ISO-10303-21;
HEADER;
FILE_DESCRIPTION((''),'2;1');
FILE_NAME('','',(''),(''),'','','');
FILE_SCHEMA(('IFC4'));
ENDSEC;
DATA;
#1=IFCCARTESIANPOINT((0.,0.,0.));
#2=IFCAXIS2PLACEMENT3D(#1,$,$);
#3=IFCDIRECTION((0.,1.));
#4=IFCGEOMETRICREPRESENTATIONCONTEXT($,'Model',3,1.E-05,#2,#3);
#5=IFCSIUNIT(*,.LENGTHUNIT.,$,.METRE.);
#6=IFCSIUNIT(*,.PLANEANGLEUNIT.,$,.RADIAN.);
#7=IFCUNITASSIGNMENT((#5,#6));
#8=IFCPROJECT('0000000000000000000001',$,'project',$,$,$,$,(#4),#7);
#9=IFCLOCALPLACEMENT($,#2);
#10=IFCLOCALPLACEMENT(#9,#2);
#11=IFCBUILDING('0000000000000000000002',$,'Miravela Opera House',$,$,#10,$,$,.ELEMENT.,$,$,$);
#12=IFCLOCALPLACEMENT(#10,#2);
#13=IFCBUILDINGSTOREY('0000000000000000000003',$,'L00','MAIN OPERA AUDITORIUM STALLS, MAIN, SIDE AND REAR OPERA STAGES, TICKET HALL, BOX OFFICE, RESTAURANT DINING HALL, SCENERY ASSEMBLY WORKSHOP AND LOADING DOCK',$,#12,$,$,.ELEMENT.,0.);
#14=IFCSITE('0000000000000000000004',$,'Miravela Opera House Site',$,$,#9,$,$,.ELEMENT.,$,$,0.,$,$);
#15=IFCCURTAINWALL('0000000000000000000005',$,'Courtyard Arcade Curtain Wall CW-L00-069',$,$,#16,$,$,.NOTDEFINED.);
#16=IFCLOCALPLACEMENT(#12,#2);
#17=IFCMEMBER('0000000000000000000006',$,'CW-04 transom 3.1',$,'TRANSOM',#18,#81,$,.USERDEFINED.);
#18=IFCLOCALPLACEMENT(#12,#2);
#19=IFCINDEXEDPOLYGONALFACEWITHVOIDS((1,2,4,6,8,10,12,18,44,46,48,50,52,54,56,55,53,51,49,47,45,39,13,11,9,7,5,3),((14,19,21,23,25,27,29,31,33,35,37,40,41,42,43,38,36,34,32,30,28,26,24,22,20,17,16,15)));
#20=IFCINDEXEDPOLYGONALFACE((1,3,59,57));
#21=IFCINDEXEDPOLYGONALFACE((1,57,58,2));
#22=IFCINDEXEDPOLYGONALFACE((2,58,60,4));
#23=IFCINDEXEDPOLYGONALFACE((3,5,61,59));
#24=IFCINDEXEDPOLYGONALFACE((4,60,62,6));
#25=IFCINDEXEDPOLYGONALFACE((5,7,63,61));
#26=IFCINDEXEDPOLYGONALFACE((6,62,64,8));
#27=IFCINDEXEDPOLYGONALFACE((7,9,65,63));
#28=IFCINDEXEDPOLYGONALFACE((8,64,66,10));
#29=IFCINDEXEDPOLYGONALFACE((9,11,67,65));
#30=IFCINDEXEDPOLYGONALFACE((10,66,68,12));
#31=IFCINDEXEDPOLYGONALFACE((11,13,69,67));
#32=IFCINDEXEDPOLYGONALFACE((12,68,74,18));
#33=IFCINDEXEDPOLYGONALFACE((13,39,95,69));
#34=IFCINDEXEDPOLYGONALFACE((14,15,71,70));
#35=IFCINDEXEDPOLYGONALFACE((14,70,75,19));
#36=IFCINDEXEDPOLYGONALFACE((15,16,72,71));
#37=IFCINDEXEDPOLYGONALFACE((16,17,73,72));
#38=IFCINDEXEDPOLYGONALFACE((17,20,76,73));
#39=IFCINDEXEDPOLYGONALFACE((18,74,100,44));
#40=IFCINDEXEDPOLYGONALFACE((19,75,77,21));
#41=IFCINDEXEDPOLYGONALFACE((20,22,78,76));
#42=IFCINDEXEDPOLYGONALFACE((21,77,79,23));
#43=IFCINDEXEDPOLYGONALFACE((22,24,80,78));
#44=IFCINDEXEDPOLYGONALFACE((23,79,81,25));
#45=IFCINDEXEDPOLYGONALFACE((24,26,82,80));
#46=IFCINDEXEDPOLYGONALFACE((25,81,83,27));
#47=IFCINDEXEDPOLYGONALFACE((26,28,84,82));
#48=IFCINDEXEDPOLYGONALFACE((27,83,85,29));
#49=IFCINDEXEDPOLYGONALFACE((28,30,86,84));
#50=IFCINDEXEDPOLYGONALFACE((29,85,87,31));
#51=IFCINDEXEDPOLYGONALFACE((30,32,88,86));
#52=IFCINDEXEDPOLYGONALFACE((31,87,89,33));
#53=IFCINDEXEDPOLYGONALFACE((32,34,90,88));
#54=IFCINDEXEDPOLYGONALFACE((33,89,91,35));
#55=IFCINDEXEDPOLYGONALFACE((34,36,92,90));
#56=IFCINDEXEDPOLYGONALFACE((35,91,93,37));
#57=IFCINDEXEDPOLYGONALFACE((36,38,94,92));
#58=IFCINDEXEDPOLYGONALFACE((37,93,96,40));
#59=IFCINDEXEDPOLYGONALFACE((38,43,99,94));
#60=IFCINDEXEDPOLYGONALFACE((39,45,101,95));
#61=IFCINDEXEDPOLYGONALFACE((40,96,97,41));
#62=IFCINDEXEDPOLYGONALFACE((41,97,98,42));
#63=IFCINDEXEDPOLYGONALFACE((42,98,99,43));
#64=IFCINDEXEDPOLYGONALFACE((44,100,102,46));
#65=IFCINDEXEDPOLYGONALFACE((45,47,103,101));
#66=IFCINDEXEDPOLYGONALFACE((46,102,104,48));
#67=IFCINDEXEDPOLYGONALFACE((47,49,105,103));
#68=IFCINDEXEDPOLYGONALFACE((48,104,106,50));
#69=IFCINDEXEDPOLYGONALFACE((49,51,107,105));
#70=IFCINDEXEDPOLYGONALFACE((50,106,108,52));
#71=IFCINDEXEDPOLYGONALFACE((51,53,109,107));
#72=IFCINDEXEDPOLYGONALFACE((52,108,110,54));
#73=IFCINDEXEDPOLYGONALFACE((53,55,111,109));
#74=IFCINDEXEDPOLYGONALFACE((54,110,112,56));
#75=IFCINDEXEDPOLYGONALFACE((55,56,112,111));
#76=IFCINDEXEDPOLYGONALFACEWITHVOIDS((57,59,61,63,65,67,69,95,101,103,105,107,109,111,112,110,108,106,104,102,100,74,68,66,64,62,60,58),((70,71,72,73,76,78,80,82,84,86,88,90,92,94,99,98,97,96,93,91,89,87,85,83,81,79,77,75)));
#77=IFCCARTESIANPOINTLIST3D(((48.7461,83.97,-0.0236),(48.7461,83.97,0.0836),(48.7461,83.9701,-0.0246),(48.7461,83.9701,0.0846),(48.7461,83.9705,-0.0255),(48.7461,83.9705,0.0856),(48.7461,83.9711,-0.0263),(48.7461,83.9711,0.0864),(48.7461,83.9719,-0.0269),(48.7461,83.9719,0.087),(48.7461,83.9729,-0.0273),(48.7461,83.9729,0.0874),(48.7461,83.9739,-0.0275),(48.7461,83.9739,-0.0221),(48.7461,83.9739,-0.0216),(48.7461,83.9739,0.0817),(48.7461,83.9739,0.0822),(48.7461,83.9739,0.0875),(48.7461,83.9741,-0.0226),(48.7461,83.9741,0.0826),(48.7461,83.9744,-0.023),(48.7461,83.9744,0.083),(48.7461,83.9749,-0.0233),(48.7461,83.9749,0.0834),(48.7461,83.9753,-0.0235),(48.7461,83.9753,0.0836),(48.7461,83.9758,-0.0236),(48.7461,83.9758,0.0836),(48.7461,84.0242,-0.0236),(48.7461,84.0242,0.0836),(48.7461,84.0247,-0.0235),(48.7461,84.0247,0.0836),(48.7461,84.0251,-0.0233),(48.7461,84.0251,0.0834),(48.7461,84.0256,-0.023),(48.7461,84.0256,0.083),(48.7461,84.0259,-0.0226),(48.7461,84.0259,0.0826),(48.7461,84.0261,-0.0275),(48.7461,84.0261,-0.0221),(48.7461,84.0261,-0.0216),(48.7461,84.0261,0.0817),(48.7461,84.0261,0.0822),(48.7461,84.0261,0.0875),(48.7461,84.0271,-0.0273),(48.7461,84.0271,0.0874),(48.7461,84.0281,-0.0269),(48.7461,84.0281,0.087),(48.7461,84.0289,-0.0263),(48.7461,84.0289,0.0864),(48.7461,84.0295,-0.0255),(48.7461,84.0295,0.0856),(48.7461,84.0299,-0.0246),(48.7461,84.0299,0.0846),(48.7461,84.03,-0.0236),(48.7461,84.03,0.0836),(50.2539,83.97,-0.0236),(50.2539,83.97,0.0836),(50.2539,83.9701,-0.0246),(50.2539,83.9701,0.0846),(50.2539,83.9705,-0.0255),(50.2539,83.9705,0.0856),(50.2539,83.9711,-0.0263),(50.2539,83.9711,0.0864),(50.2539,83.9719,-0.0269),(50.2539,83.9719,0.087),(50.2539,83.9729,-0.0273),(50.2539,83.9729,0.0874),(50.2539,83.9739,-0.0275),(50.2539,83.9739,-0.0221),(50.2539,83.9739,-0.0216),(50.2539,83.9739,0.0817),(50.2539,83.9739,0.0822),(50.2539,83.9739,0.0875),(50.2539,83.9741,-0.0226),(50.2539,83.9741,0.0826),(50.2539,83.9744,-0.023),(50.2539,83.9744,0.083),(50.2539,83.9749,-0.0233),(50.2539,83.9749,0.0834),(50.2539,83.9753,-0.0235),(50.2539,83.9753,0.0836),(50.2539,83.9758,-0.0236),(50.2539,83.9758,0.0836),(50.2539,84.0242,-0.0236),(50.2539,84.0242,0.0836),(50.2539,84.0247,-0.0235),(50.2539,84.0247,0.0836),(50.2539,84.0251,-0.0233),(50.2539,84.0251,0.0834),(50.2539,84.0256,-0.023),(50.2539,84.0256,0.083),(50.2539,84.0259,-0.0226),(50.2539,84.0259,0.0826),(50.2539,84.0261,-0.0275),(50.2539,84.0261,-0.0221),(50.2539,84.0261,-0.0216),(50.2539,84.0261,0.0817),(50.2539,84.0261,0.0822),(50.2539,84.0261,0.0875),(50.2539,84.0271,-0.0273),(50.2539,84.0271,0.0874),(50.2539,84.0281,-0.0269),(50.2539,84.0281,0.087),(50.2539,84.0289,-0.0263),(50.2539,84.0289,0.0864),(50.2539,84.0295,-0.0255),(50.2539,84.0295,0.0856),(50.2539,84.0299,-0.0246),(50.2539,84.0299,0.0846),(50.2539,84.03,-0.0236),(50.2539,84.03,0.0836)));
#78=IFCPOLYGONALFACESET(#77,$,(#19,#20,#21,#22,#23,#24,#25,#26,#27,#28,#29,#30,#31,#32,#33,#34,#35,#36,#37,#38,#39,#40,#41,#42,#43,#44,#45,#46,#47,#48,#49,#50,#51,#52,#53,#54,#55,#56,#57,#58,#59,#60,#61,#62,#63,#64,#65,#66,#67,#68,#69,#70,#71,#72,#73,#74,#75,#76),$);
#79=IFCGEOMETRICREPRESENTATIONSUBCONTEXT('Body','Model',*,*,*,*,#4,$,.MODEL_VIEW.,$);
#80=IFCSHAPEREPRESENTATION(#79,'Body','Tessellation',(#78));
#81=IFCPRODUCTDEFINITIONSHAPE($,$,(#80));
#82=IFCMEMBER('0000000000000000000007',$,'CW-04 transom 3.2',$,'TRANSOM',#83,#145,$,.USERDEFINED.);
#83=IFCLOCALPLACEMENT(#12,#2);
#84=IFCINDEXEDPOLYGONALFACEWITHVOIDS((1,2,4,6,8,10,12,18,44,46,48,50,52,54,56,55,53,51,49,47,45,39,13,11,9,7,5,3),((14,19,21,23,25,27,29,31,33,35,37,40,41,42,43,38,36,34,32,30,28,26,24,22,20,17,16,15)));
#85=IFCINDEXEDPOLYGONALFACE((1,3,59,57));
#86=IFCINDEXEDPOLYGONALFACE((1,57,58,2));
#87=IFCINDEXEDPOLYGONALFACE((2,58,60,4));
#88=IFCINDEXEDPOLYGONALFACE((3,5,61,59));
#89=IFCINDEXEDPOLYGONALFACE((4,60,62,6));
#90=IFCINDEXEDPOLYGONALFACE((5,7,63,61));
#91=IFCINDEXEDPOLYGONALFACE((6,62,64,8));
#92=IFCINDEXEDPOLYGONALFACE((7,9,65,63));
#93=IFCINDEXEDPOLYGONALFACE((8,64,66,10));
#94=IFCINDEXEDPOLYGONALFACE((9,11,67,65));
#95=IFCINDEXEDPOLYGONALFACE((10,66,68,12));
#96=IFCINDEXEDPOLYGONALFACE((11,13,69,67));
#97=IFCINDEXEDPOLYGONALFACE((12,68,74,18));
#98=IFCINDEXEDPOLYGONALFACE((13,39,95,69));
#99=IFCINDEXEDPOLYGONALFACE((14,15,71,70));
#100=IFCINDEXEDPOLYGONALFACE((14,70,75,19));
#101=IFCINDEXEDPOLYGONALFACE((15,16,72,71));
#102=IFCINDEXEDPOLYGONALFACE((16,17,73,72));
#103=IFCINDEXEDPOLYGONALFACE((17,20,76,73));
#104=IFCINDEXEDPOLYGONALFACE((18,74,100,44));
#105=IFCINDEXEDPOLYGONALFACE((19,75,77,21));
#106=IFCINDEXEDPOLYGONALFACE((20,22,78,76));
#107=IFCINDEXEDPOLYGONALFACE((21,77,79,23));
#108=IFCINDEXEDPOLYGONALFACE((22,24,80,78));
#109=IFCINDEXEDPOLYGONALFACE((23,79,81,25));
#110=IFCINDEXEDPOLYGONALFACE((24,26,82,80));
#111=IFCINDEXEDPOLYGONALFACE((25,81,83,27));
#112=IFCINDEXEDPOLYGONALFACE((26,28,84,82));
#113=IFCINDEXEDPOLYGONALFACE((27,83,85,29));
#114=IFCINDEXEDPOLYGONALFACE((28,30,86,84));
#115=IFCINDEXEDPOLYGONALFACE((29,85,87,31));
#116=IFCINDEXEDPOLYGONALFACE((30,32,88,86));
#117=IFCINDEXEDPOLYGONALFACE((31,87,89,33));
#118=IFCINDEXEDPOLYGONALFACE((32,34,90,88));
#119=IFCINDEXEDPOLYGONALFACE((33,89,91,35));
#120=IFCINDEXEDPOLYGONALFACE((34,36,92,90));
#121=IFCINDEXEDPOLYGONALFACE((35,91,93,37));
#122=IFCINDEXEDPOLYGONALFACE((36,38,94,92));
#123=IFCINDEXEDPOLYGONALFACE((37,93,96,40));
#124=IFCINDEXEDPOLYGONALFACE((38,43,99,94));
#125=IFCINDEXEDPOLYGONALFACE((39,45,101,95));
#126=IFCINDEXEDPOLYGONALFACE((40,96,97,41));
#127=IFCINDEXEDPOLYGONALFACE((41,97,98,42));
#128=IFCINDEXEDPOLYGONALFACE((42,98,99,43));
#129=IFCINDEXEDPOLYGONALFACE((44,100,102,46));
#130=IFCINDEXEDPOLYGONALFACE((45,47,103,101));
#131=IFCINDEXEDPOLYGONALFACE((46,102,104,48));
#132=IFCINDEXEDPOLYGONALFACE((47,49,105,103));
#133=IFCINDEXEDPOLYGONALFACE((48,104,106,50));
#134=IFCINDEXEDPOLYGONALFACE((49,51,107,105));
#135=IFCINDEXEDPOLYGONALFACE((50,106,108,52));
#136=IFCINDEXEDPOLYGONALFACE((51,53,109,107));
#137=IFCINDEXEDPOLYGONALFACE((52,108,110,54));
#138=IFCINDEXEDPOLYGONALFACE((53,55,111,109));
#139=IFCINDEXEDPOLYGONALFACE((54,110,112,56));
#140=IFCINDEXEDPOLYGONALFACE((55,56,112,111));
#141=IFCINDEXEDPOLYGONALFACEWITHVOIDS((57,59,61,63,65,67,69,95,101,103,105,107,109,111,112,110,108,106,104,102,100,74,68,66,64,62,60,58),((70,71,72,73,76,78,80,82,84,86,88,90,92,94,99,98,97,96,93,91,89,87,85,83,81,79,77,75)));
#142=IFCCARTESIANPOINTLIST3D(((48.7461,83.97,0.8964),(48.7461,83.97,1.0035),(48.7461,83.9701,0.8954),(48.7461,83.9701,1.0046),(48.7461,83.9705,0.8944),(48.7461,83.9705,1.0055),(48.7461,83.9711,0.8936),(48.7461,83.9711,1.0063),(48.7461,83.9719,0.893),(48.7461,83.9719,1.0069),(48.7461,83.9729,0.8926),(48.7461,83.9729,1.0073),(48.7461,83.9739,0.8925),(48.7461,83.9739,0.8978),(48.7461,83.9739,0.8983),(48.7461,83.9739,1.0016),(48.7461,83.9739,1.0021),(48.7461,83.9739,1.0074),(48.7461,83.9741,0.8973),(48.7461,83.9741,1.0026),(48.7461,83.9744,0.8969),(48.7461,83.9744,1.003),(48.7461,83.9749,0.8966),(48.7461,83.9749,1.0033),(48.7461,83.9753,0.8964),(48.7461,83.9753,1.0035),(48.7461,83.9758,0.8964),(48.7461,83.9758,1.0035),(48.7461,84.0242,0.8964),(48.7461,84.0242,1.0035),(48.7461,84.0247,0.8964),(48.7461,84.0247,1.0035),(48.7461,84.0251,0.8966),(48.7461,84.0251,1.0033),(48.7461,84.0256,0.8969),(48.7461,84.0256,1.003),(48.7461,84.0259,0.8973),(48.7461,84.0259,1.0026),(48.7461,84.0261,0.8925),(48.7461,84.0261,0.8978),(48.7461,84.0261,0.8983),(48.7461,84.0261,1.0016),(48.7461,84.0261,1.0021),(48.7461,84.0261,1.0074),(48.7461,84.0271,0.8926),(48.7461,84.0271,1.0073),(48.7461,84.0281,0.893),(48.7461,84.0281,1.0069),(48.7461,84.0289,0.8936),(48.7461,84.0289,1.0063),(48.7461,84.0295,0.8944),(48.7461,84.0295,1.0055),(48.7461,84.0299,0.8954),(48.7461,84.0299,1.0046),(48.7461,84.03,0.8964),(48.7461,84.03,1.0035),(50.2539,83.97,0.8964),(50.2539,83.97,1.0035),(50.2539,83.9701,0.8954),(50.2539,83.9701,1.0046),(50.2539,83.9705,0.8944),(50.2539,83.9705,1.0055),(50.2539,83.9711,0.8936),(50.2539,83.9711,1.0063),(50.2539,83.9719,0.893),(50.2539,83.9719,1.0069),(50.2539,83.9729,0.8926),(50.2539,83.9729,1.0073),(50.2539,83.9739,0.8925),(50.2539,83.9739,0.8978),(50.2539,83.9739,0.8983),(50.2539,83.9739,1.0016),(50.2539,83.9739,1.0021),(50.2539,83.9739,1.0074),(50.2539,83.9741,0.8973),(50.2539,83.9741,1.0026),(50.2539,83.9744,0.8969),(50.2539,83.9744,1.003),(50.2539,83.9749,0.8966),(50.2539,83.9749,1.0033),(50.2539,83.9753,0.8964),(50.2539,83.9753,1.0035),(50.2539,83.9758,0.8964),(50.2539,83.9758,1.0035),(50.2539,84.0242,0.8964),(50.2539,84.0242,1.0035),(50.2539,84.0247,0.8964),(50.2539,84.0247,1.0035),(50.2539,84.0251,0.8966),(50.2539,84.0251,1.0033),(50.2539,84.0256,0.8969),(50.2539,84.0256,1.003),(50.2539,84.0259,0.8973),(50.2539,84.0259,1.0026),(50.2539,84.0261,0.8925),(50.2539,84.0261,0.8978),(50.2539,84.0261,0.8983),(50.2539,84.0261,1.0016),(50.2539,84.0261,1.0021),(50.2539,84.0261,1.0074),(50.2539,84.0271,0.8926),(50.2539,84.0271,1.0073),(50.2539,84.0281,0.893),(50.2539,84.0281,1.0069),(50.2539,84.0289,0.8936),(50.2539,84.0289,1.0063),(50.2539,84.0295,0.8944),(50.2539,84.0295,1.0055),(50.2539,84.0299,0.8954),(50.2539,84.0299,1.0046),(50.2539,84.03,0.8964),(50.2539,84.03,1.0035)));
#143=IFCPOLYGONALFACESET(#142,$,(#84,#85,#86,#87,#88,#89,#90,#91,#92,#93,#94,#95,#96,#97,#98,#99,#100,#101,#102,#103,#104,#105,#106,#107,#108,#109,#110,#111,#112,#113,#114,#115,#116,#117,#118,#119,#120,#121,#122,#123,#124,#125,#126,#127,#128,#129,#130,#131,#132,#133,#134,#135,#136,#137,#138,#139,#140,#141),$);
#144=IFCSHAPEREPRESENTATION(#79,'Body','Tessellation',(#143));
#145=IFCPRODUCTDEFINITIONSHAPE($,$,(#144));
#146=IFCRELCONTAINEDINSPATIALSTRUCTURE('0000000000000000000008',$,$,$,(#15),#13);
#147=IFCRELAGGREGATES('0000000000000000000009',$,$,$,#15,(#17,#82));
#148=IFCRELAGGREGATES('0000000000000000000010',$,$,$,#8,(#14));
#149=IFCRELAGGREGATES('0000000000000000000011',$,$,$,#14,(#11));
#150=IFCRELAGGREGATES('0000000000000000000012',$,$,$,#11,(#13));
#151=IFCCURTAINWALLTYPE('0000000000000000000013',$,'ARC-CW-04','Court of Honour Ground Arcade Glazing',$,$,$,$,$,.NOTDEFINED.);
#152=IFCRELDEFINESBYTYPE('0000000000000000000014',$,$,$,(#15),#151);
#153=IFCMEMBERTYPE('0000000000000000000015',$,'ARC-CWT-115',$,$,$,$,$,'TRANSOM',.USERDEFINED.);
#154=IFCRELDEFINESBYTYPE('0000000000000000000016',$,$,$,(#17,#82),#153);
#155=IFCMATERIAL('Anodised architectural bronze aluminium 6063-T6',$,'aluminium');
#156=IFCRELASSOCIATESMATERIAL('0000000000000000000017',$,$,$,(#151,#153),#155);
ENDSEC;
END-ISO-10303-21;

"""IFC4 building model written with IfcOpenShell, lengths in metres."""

from ifc_helpers import new_model, si_unit, direction, frame, origin, origin_2d, place, context, subcontext, project, spatial, hollow_rectangle, extrude, material, material_profile, profile_set, type_object, element, aggregate, save


model = new_model("IFC4")

# Units and contexts
model_context = context("Model", 3, precision=1e-05, world=origin(), true_north=direction((0.0, 1.0)))
body_context = subcontext(model_context, "Body", "Model", "MODEL_VIEW")
ifc_project = project(units=[si_unit("LENGTHUNIT", "METRE"), si_unit("PLANEANGLEUNIT", "RADIAN")], contexts=[model_context])

# Site, building, storey
site_placement = place(None, origin())
site = spatial("IfcSite", under=ifc_project, at=site_placement, Name="Miravela Opera House Site", CompositionType="ELEMENT", RefElevation=0.0)
building_placement = place(site_placement, origin())
building = spatial("IfcBuilding", under=site, at=building_placement, Name="Miravela Opera House", CompositionType="ELEMENT")
storey_placement = place(building_placement, origin())
storey = spatial("IfcBuildingStorey", under=building, at=storey_placement, Name="L00", Description="MAIN OPERA AUDITORIUM STALLS, MAIN, SIDE AND REAR OPERA STAGES, TICKET HALL, BOX OFFICE, RESTAURANT DINING HALL, SCENERY ASSEMBLY WORKSHOP AND LOADING DOCK", CompositionType="ELEMENT", Elevation=0.0)

# Curtain wall, members
ifc_material_1 = material(Name="Anodised architectural bronze aluminium 6063-T6", Category="aluminium")
curtain_wall_type = type_object("IfcCurtainWallType", Name="ARC-CW-04", Description="Court of Honour Ground Arcade Glazing", PredefinedType="NOTDEFINED", material=ifc_material_1)
curtain_wall_placement = place(storey_placement, origin())
curtain_wall = element("IfcCurtainWall", 1, at=curtain_wall_placement, inside=storey, type_object=curtain_wall_type, Name="Courtyard Arcade Curtain Wall CW-L00-069", PredefinedType="NOTDEFINED")
ifc_material_profile_1 = material_profile(ifc_material_1, hollow_rectangle(XDim=0.0601, YDim=0.115, WallThickness=0.0039, InnerFilletRadius=0.002, OuterFilletRadius=0.0039, at=origin_2d()), Name="CWT-60X115")
ifc_profile_set_1 = profile_set([ifc_material_profile_1])
member_type_1 = type_object("IfcMemberType", Name="ARC-CWT-115", ElementType="TRANSOM", PredefinedType="USERDEFINED", material=ifc_profile_set_1)
member_1_placement = place(storey_placement, frame((48.7461, 84.0, 0.03), z_axis=(1.0, 0.0, 0.0), x_axis=(0.0, 1.0, 0.0)))
member_1 = element("IfcMember", 2, at=member_1_placement, type_object=member_type_1, Name="CW-04 transom 3.1", ObjectType="TRANSOM", PredefinedType="USERDEFINED", context=body_context, shape_type="SweptSolid", body=[
    extrude(hollow_rectangle(XDim=0.0601, YDim=0.115, WallThickness=0.0039, InnerFilletRadius=0.002, OuterFilletRadius=0.0039, at=origin_2d()), origin(), (0.0, 0.0, 1.0), 1.5078),
])
member_2_placement = place(storey_placement, frame((48.7461, 84.0, 0.95), z_axis=(1.0, 0.0, 0.0), x_axis=(0.0, 1.0, 0.0)))
member_2 = element("IfcMember", 3, at=member_2_placement, type_object=member_type_1, Name="CW-04 transom 3.2", ObjectType="TRANSOM", PredefinedType="USERDEFINED", context=body_context, shape_type="SweptSolid", body=[
    extrude(hollow_rectangle(XDim=0.0601, YDim=0.115, WallThickness=0.0039, InnerFilletRadius=0.002, OuterFilletRadius=0.0039, at=origin_2d()), origin(), (0.0, 0.0, 1.0), 1.5078),
])

aggregate(curtain_wall, [member_1, member_2])

save(model, "model.ifc")
